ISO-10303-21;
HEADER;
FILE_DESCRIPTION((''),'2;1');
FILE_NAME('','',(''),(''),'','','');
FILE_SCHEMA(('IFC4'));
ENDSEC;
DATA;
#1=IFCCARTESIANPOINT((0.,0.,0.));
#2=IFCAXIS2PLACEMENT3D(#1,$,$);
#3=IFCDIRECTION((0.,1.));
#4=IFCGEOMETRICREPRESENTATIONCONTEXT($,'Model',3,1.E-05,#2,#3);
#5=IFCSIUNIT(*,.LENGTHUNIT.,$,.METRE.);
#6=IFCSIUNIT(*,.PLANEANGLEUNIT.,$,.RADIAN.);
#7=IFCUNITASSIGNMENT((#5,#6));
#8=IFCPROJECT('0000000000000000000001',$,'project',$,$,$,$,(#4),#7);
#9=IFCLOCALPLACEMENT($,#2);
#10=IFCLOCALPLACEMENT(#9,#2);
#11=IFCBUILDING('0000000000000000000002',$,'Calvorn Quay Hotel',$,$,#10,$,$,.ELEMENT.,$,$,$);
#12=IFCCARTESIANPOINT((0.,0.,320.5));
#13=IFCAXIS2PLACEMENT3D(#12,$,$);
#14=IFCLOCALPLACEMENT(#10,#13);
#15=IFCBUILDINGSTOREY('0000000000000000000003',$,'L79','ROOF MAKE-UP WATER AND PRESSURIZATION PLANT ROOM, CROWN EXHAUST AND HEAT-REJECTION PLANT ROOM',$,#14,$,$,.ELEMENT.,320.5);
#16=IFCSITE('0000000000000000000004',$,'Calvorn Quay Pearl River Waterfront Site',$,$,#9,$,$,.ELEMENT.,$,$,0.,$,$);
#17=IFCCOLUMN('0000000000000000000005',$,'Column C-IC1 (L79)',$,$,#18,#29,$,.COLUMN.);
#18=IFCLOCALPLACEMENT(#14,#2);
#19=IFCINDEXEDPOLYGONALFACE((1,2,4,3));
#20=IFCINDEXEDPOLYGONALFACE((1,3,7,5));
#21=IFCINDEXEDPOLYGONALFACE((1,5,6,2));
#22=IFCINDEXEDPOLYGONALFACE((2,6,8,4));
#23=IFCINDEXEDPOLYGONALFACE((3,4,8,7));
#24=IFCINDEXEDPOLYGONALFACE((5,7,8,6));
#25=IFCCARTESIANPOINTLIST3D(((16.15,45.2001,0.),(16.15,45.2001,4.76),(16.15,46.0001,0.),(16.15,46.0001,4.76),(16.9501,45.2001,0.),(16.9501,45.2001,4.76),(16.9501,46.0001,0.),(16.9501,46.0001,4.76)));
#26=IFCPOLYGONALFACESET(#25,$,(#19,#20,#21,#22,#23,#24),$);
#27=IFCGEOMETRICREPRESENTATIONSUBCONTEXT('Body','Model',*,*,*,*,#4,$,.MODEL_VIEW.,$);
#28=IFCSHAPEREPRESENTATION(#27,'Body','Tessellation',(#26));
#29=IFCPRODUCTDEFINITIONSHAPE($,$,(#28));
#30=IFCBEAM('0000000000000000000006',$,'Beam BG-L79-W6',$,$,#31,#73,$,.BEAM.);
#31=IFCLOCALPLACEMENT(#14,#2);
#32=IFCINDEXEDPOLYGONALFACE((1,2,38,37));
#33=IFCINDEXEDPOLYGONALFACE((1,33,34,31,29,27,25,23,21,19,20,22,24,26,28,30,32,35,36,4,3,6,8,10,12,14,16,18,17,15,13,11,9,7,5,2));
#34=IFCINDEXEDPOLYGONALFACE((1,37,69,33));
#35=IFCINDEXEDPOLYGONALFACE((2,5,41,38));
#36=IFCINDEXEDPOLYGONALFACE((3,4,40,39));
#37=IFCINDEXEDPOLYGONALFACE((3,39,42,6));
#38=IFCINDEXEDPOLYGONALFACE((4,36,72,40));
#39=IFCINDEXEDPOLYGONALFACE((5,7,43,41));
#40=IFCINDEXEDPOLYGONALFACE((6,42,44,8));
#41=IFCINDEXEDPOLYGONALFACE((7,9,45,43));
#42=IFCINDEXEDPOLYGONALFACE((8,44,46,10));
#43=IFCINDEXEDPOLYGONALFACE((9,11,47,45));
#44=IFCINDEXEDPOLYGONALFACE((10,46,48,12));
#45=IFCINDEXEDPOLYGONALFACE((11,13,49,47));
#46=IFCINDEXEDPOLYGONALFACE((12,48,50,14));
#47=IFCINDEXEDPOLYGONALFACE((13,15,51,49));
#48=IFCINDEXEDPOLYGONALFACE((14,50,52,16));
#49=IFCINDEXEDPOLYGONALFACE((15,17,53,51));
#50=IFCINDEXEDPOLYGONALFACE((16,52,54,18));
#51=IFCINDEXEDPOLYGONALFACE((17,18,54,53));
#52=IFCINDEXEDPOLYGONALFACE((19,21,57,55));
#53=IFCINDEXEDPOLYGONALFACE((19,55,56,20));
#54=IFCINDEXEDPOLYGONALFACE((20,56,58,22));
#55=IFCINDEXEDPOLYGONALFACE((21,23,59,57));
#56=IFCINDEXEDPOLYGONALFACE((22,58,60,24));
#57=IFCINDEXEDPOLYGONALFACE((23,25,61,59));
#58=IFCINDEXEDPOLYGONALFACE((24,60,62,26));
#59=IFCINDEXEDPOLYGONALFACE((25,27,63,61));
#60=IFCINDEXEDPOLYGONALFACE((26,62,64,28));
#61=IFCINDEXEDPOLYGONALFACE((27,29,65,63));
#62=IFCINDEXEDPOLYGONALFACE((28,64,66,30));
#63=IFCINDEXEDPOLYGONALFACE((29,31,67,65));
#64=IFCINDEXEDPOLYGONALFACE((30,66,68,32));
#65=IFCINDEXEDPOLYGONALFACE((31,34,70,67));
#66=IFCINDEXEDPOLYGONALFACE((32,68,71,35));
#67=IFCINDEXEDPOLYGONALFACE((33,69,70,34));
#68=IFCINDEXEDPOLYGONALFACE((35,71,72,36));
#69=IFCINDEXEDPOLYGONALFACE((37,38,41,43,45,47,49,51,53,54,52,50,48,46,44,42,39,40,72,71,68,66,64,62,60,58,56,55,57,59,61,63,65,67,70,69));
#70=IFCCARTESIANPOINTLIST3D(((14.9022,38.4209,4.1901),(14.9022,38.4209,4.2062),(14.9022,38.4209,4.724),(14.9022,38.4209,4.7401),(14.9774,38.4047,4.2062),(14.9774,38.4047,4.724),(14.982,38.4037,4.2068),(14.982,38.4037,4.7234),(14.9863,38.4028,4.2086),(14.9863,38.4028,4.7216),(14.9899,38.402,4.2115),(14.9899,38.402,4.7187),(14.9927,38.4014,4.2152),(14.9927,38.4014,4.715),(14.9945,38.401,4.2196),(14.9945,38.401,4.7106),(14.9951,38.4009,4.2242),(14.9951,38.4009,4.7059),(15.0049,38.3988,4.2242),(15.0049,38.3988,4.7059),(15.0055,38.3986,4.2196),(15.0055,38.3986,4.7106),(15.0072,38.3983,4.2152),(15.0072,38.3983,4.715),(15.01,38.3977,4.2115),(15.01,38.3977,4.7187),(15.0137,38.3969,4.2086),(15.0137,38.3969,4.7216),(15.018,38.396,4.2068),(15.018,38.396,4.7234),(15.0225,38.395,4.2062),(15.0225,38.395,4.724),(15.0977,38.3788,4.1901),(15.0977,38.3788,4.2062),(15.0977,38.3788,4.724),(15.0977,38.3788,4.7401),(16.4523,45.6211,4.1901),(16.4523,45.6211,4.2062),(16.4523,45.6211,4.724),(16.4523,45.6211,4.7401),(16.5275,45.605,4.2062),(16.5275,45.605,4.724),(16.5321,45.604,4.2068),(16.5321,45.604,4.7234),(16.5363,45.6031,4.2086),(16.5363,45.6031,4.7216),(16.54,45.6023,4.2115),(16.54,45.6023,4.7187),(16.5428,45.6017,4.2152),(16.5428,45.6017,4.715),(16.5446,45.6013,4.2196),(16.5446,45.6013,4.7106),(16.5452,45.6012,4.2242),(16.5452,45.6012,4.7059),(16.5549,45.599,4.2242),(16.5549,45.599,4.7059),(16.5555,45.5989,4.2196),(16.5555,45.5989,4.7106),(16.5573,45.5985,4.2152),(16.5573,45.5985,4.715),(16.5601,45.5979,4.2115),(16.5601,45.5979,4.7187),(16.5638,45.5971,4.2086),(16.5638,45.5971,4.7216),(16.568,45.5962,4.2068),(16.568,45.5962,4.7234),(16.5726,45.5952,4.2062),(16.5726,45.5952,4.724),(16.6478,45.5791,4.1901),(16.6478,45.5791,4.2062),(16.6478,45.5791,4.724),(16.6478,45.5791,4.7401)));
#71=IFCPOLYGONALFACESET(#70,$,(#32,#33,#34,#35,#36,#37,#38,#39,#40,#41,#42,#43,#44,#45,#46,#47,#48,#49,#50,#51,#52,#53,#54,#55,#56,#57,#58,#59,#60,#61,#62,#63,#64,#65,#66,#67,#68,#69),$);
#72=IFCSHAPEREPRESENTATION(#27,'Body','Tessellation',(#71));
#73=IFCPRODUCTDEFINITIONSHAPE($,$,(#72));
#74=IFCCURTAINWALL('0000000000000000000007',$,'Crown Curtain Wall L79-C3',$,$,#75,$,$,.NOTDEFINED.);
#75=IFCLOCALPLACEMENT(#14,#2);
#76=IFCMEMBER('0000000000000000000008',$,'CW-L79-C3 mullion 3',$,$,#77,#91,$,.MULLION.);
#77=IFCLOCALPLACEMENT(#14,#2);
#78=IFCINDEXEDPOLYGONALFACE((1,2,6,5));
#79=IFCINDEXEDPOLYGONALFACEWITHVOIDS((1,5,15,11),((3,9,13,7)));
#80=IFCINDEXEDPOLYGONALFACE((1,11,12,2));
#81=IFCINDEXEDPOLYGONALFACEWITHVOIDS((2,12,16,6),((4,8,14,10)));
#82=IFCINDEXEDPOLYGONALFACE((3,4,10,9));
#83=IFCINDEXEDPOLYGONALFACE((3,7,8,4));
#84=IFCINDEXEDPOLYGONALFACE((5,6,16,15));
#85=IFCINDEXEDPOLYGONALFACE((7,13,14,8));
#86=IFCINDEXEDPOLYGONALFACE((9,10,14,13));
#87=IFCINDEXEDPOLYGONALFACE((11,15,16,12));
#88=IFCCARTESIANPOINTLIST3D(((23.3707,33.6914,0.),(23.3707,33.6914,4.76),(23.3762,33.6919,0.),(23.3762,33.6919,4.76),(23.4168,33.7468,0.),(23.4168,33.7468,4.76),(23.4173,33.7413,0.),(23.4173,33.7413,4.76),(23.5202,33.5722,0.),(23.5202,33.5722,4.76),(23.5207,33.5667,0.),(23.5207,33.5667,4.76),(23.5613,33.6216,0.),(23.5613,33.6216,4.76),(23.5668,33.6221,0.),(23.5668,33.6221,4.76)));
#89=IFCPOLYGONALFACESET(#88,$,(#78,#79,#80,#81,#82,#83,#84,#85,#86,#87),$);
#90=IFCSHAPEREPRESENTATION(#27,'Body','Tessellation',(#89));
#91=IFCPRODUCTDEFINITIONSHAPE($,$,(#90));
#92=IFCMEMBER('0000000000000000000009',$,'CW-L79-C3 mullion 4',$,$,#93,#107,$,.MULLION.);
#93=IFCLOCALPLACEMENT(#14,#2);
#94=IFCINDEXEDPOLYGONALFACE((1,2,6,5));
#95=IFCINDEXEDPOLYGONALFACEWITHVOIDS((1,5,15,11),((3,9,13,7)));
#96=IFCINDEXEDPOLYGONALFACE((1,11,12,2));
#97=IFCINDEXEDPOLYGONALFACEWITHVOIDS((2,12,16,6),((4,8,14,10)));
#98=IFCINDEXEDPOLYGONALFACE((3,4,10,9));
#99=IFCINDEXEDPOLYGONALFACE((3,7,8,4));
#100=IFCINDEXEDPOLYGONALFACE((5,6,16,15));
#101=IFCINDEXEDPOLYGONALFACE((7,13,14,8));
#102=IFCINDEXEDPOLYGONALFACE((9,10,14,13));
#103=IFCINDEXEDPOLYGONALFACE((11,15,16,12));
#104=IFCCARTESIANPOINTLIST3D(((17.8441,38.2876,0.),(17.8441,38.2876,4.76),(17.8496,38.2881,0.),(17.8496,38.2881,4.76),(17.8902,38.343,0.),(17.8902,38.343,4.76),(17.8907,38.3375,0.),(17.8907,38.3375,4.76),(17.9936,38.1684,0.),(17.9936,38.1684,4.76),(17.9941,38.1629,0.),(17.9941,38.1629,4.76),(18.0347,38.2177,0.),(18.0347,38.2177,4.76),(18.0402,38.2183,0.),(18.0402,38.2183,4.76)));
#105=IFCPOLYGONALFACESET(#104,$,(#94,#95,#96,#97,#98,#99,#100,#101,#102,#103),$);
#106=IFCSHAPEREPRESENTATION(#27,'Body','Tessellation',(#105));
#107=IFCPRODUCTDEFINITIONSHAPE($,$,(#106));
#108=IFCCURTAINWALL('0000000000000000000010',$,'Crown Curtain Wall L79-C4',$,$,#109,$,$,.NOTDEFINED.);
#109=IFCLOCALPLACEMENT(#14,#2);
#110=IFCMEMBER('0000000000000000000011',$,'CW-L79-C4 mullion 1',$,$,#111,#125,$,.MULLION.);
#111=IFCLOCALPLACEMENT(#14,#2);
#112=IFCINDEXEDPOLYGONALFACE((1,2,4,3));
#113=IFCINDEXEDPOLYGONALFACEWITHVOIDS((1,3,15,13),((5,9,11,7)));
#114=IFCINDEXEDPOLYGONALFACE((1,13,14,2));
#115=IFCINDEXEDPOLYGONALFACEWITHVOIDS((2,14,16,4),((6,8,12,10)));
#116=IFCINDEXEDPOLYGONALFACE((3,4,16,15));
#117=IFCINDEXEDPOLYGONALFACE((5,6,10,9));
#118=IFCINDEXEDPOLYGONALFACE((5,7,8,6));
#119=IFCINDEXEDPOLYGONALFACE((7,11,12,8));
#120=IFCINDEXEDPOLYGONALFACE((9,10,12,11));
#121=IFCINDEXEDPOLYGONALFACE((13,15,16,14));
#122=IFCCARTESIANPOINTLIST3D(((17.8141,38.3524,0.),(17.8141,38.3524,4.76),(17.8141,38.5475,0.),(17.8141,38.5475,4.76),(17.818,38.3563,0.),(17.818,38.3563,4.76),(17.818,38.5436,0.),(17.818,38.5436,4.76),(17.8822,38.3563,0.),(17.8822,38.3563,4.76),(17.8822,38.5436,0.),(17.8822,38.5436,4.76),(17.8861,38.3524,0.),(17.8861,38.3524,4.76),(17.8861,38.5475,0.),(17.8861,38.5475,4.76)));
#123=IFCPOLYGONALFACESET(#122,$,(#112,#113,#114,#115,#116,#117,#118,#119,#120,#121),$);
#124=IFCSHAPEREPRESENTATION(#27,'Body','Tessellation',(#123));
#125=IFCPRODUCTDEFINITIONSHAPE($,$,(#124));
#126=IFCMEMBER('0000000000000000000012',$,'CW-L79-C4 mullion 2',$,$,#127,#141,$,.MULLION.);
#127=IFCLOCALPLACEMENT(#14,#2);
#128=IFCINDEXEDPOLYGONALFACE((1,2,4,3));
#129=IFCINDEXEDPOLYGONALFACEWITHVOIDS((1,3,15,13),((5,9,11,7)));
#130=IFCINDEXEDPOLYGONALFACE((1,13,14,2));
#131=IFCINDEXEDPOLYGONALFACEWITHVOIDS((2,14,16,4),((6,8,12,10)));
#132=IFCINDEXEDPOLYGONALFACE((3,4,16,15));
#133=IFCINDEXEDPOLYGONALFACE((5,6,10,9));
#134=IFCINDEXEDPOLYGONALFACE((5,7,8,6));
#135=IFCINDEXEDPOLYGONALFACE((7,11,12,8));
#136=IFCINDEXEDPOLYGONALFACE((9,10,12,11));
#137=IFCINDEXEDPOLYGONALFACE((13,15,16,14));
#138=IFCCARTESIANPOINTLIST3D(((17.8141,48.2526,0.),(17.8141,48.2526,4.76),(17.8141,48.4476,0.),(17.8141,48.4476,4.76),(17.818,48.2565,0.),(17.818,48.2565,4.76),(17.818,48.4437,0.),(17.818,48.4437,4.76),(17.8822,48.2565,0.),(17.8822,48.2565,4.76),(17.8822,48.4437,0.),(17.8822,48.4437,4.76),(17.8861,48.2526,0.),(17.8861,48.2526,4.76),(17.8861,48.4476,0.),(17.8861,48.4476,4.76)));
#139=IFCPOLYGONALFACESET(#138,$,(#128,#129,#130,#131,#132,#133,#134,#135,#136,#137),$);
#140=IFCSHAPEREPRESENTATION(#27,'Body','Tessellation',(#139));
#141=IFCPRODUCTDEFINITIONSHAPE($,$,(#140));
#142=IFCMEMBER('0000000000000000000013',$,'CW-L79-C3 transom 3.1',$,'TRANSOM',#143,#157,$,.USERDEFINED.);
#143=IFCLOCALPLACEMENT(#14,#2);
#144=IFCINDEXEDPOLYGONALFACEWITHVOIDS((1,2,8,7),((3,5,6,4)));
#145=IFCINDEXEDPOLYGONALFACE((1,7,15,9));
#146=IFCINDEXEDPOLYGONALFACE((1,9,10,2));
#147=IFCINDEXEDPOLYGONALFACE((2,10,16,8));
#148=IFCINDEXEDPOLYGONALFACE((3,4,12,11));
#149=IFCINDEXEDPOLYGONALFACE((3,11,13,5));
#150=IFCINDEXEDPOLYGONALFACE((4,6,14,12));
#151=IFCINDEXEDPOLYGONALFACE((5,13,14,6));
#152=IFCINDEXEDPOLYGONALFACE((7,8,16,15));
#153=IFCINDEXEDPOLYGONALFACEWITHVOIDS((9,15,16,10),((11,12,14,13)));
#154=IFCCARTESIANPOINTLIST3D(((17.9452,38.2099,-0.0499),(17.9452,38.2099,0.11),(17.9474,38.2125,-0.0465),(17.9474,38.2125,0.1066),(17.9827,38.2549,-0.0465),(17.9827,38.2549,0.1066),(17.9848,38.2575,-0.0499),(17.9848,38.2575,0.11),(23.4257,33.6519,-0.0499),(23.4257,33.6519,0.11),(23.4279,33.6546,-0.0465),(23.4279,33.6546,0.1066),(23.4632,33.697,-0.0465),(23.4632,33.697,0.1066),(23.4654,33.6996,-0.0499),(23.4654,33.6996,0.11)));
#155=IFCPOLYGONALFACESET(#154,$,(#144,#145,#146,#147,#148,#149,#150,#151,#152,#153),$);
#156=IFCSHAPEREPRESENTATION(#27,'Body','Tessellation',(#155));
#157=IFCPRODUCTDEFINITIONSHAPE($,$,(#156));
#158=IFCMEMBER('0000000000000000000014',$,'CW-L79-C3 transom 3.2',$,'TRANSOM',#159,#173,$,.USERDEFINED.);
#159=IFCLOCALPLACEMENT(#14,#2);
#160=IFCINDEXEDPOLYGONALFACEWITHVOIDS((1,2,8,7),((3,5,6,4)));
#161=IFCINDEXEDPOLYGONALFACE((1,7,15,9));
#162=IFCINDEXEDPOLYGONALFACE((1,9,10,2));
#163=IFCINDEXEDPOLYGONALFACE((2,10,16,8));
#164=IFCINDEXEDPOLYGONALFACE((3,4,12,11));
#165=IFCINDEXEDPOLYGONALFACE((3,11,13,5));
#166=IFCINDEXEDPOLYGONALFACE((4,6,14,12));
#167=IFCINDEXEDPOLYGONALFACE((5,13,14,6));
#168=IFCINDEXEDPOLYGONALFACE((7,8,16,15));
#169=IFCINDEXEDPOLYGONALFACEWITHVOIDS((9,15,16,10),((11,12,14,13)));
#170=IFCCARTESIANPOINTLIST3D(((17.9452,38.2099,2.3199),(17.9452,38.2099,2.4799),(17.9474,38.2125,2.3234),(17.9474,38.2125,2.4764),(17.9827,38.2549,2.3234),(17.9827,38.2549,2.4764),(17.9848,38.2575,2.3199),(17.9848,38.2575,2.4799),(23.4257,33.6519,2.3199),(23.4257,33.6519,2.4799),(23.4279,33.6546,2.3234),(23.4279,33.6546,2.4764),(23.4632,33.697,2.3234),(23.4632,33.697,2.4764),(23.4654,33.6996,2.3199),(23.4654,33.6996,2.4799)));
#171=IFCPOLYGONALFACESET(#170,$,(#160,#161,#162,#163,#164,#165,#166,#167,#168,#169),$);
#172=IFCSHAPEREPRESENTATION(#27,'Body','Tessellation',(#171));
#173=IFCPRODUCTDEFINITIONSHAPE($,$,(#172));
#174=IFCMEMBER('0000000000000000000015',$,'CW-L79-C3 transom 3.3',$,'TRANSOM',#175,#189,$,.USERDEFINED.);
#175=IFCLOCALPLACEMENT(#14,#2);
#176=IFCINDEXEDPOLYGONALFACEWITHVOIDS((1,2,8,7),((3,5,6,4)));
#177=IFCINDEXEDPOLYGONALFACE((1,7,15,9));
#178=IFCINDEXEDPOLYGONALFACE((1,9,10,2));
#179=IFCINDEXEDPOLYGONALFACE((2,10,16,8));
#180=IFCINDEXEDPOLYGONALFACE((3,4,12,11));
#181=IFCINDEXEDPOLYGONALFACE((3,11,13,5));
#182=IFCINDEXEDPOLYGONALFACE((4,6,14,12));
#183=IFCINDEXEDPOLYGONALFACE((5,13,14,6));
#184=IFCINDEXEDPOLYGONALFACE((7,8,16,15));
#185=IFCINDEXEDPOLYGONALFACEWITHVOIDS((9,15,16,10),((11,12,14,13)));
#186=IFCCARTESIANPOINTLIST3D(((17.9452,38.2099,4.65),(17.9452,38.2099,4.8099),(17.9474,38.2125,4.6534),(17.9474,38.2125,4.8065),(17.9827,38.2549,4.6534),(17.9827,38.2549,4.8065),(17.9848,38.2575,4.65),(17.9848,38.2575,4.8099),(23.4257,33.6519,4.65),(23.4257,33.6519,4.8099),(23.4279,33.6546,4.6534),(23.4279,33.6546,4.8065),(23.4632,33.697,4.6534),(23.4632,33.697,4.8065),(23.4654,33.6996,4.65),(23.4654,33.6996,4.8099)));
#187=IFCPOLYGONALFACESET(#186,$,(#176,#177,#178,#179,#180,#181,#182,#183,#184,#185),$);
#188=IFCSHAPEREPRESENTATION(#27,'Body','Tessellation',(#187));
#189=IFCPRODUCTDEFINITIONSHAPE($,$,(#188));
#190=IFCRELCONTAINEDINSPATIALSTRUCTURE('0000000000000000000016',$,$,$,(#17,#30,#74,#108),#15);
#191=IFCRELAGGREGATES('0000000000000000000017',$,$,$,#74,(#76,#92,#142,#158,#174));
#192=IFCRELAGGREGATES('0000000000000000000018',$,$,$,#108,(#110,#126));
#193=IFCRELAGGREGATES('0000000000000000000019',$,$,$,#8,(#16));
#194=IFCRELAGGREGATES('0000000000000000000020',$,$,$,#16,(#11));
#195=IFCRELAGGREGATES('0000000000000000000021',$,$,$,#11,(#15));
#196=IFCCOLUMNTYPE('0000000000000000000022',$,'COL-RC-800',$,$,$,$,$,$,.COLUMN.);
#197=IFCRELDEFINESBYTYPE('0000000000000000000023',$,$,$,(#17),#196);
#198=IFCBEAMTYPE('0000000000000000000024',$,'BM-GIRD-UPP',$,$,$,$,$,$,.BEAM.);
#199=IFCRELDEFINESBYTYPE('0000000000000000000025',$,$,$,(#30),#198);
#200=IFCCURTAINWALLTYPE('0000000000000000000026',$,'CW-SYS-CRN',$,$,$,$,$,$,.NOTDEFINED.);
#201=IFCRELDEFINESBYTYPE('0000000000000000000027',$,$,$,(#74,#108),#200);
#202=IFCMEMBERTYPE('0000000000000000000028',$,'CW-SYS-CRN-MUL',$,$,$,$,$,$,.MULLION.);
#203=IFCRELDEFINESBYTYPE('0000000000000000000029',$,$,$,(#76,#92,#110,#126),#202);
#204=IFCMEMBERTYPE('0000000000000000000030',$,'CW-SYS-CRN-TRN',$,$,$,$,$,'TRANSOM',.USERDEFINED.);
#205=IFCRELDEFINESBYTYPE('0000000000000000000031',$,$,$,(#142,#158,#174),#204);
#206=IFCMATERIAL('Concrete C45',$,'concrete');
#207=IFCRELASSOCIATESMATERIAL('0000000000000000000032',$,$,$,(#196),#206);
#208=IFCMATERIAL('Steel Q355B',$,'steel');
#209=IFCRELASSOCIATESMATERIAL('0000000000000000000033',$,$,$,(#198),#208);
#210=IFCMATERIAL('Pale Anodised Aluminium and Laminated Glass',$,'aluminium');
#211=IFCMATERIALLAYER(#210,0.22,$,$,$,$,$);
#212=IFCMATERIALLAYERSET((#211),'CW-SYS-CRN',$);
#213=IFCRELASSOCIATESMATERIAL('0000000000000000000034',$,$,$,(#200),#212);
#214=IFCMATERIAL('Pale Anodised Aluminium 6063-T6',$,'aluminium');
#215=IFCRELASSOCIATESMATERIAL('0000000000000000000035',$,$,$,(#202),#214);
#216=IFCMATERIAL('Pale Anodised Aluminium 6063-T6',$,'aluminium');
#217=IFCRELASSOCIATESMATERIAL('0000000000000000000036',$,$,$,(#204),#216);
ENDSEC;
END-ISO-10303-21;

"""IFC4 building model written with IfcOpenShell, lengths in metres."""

from ifc_helpers import new_model, si_unit, direction, frame, origin, origin_2d, place, context, subcontext, project, spatial, rectangle, hollow_rectangle, i_section, extrude, material, layer, layer_set, material_profile, profile_set, type_object, element, aggregate, save


model = new_model("IFC4")

# Units and contexts
model_context = context("Model", 3, precision=1e-05, world=origin(), true_north=direction((0.0, 1.0)))
body_context = subcontext(model_context, "Body", "Model", "MODEL_VIEW")
ifc_project = project(units=[si_unit("LENGTHUNIT", "METRE"), si_unit("PLANEANGLEUNIT", "RADIAN")], contexts=[model_context])

# Site, building, storey
site_placement = place(None, origin())
site = spatial("IfcSite", under=ifc_project, at=site_placement, Name="Calvorn Quay Pearl River Waterfront Site", CompositionType="ELEMENT", RefElevation=0.0)
building_placement = place(site_placement, origin())
building = spatial("IfcBuilding", under=site, at=building_placement, Name="Calvorn Quay Hotel", CompositionType="ELEMENT")
storey_placement = place(building_placement, frame((0.0, 0.0, 320.5)))
storey = spatial("IfcBuildingStorey", under=building, at=storey_placement, Name="L79", Description="ROOF MAKE-UP WATER AND PRESSURIZATION PLANT ROOM, CROWN EXHAUST AND HEAT-REJECTION PLANT ROOM", CompositionType="ELEMENT", Elevation=320.5)

# Column
ifc_material_1 = material(Name="Concrete C45", Category="concrete")
ifc_material_profile_1 = material_profile(ifc_material_1, rectangle(XDim=0.8, YDim=0.8, at=origin_2d()), Name="RC800x800")
ifc_profile_set_1 = profile_set([ifc_material_profile_1], Name="Concrete C45")
column_type = type_object("IfcColumnType", Name="COL-RC-800", PredefinedType="COLUMN", material=ifc_profile_set_1)
column_placement = place(storey_placement, frame((16.55, 45.6001, 0.0), z_axis=(0.0, 0.0, 1.0), x_axis=(1.0, 0.0, 0.0)))
element("IfcColumn", 1, at=column_placement, inside=storey, type_object=column_type, Name="Column C-IC1 (L79)", PredefinedType="COLUMN", context=body_context, shape_type="SweptSolid", body=[
    extrude(rectangle(XDim=0.8, YDim=0.8, at=origin_2d()), origin(), (0.0, 0.0, 1.0), 4.76),
])

# Beam
ifc_material_2 = material(Name="Steel Q355B", Category="steel")
ifc_material_profile_2 = material_profile(ifc_material_2, i_section(OverallWidth=0.2, OverallDepth=0.55, WebThickness=0.01, FlangeThickness=0.0161, FilletRadius=0.0181, at=origin_2d()), Name="HN550x200x10x16")
ifc_profile_set_2 = profile_set([ifc_material_profile_2], Name="Steel Q355B")
beam_type = type_object("IfcBeamType", Name="BM-GIRD-UPP", PredefinedType="BEAM", material=ifc_profile_set_2)
beam_placement = place(storey_placement, frame((16.55, 45.6001, 4.4651), z_axis=(-0.210457, -0.977603, 0.0), x_axis=(0.977603, -0.210457, 0.0)))
element("IfcBeam", 2, at=beam_placement, inside=storey, type_object=beam_type, Name="Beam BG-L79-W6", PredefinedType="BEAM", context=body_context, shape_type="SweptSolid", body=[
    extrude(i_section(OverallWidth=0.2, OverallDepth=0.55, WebThickness=0.01, FlangeThickness=0.0161, FilletRadius=0.0181, at=origin_2d()), origin(), (0.0, 0.0, 1.0), 7.3652),
])

# Curtain walls, members
ifc_material_3 = material(Name="Pale Anodised Aluminium and Laminated Glass", Category="aluminium")
ifc_layer_1 = layer(ifc_material_3, 0.22)
ifc_layer_set_1 = layer_set([ifc_layer_1], Name="CW-SYS-CRN")
curtain_wall_type = type_object("IfcCurtainWallType", Name="CW-SYS-CRN", PredefinedType="NOTDEFINED", material=ifc_layer_set_1)
curtain_wall_1_placement = place(storey_placement, origin())
curtain_wall_1 = element("IfcCurtainWall", 3, at=curtain_wall_1_placement, inside=storey, type_object=curtain_wall_type, Name="Crown Curtain Wall L79-C3", PredefinedType="NOTDEFINED")
ifc_material_4 = material(Name="Pale Anodised Aluminium 6063-T6", Category="aluminium")
ifc_material_profile_3 = material_profile(ifc_material_4, hollow_rectangle(XDim=0.072, YDim=0.1951, WallThickness=0.0039, at=origin_2d()), Name="ALU-M195x72x4")
ifc_profile_set_3 = profile_set([ifc_material_profile_3], Name="Pale Anodised Aluminium 6063-T6")
member_type_1 = type_object("IfcMemberType", Name="CW-SYS-CRN-MUL", PredefinedType="MULLION", material=ifc_profile_set_3)
member_1_placement = place(storey_placement, frame((23.4688, 33.6567, 0.0), z_axis=(0.0, 0.0, 1.0), x_axis=(-0.639416, -0.768861, 0.0)))
member_1 = element("IfcMember", 4, at=member_1_placement, type_object=member_type_1, Name="CW-L79-C3 mullion 3", PredefinedType="MULLION", context=body_context, shape_type="SweptSolid", body=[
    extrude(hollow_rectangle(XDim=0.072, YDim=0.1951, WallThickness=0.0039, at=origin_2d()), origin(), (0.0, 0.0, 1.0), 4.76),
])
member_2_placement = place(storey_placement, frame((17.9421, 38.2529, 0.0), z_axis=(0.0, 0.0, 1.0), x_axis=(-0.639416, -0.768861, 0.0)))
member_2 = element("IfcMember", 5, at=member_2_placement, type_object=member_type_1, Name="CW-L79-C3 mullion 4", PredefinedType="MULLION", context=body_context, shape_type="SweptSolid", body=[
    extrude(hollow_rectangle(XDim=0.072, YDim=0.1951, WallThickness=0.0039, at=origin_2d()), origin(), (0.0, 0.0, 1.0), 4.76),
])
curtain_wall_2_placement = place(storey_placement, origin())
curtain_wall_2 = element("IfcCurtainWall", 6, at=curtain_wall_2_placement, inside=storey, type_object=curtain_wall_type, Name="Crown Curtain Wall L79-C4", PredefinedType="NOTDEFINED")
member_3_placement = place(storey_placement, frame((17.8501, 38.45, 0.0), z_axis=(0.0, 0.0, 1.0), x_axis=(-1.0, 0.0, 0.0)))
member_3 = element("IfcMember", 7, at=member_3_placement, type_object=member_type_1, Name="CW-L79-C4 mullion 1", PredefinedType="MULLION", context=body_context, shape_type="SweptSolid", body=[
    extrude(hollow_rectangle(XDim=0.072, YDim=0.1951, WallThickness=0.0039, at=origin_2d()), origin(), (0.0, 0.0, 1.0), 4.76),
])
member_4_placement = place(storey_placement, frame((17.8501, 48.3501, 0.0), z_axis=(0.0, 0.0, 1.0), x_axis=(-1.0, 0.0, 0.0)))
member_4 = element("IfcMember", 8, at=member_4_placement, type_object=member_type_1, Name="CW-L79-C4 mullion 2", PredefinedType="MULLION", context=body_context, shape_type="SweptSolid", body=[
    extrude(hollow_rectangle(XDim=0.072, YDim=0.1951, WallThickness=0.0039, at=origin_2d()), origin(), (0.0, 0.0, 1.0), 4.76),
])

# Members
ifc_material_5 = material(Name="Pale Anodised Aluminium 6063-T6", Category="aluminium")
ifc_material_profile_4 = material_profile(ifc_material_5, hollow_rectangle(XDim=0.062, YDim=0.1599, WallThickness=0.0034, at=origin_2d()), Name="ALU-T160x62x3.5")
ifc_profile_set_4 = profile_set([ifc_material_profile_4], Name="Pale Anodised Aluminium 6063-T6")
member_type_2 = type_object("IfcMemberType", Name="CW-SYS-CRN-TRN", ElementType="TRANSOM", PredefinedType="USERDEFINED", material=ifc_profile_set_4)
member_5_placement = place(storey_placement, frame((23.4456, 33.6758, 0.03), z_axis=(-0.768855, 0.639423, 0.0), x_axis=(-0.639423, -0.768855, 0.0)))
member_5 = element("IfcMember", 9, at=member_5_placement, type_object=member_type_2, Name="CW-L79-C3 transom 3.1", ObjectType="TRANSOM", PredefinedType="USERDEFINED", context=body_context, shape_type="SweptSolid", body=[
    extrude(hollow_rectangle(XDim=0.062, YDim=0.1599, WallThickness=0.0034, at=origin_2d()), origin(), (0.0, 0.0, 1.0), 7.1282),
])
member_6_placement = place(storey_placement, frame((23.4456, 33.6758, 2.3999), z_axis=(-0.768855, 0.639423, 0.0), x_axis=(-0.639423, -0.768855, 0.0)))
member_6 = element("IfcMember", 10, at=member_6_placement, type_object=member_type_2, Name="CW-L79-C3 transom 3.2", ObjectType="TRANSOM", PredefinedType="USERDEFINED", context=body_context, shape_type="SweptSolid", body=[
    extrude(hollow_rectangle(XDim=0.062, YDim=0.1599, WallThickness=0.0034, at=origin_2d()), origin(), (0.0, 0.0, 1.0), 7.1282),
])
member_7_placement = place(storey_placement, frame((23.4456, 33.6758, 4.73), z_axis=(-0.768855, 0.639423, 0.0), x_axis=(-0.639423, -0.768855, 0.0)))
member_7 = element("IfcMember", 11, at=member_7_placement, type_object=member_type_2, Name="CW-L79-C3 transom 3.3", ObjectType="TRANSOM", PredefinedType="USERDEFINED", context=body_context, shape_type="SweptSolid", body=[
    extrude(hollow_rectangle(XDim=0.062, YDim=0.1599, WallThickness=0.0034, at=origin_2d()), origin(), (0.0, 0.0, 1.0), 7.1282),
])

aggregate(curtain_wall_1, [member_1, member_2, member_5, member_6, member_7])
aggregate(curtain_wall_2, [member_3, member_4])

save(model, "model.ifc")
